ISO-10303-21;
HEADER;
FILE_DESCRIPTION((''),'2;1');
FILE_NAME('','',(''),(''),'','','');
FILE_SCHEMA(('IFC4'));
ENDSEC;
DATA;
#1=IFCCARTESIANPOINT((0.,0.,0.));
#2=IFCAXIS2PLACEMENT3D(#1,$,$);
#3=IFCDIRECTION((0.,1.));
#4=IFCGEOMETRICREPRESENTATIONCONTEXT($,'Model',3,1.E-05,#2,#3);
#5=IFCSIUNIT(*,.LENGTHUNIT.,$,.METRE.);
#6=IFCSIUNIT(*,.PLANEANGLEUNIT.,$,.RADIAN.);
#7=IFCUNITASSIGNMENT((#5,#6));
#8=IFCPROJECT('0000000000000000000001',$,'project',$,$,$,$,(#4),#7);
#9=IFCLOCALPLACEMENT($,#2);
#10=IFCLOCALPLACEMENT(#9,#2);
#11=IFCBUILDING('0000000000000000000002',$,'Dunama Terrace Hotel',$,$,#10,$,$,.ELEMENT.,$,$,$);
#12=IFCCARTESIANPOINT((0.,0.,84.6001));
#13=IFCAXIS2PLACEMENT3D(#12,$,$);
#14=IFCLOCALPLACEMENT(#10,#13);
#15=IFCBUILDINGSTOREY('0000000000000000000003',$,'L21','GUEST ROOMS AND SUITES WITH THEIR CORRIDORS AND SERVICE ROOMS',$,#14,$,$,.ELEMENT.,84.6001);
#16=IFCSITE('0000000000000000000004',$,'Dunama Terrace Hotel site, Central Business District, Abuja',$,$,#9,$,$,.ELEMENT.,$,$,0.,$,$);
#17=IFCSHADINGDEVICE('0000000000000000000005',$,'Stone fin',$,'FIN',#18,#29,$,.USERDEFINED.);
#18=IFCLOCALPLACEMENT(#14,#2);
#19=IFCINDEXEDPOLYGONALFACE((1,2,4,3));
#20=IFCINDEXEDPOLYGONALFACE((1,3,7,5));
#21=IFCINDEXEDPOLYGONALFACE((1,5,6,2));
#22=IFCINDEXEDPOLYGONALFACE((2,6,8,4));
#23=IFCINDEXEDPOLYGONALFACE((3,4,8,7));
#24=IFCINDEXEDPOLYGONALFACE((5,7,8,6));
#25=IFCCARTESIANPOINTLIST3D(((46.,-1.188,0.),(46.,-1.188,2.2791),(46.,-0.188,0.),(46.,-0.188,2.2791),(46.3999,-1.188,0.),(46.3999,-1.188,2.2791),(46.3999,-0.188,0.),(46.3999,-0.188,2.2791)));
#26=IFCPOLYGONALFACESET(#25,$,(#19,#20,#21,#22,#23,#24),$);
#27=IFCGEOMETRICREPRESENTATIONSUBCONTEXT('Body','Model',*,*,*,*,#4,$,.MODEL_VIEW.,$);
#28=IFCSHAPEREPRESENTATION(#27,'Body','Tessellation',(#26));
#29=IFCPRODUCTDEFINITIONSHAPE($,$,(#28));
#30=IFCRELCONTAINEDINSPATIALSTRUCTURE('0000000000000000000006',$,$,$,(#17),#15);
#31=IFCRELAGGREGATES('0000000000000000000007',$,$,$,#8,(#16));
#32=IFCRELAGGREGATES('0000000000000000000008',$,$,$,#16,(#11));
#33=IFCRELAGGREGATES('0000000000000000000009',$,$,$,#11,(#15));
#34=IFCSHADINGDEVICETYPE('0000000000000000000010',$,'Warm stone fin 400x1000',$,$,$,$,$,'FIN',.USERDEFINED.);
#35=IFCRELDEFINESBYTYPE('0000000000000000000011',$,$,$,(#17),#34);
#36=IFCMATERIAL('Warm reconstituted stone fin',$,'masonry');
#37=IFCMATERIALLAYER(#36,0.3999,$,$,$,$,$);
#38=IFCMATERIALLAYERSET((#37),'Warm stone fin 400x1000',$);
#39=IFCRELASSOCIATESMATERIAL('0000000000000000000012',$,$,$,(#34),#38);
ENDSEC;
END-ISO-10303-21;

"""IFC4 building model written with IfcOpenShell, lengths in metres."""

from ifc_helpers import new_model, si_unit, direction, frame, origin, origin_2d, place, context, subcontext, project, spatial, rectangle, extrude, material, layer, layer_set, type_object, element, save


model = new_model("IFC4")

# Units and contexts
model_context = context("Model", 3, precision=1e-05, world=origin(), true_north=direction((0.0, 1.0)))
body_context = subcontext(model_context, "Body", "Model", "MODEL_VIEW")
ifc_project = project(units=[si_unit("LENGTHUNIT", "METRE"), si_unit("PLANEANGLEUNIT", "RADIAN")], contexts=[model_context])

# Site, building, storey
site_placement = place(None, origin())
site = spatial("IfcSite", under=ifc_project, at=site_placement, Name="Dunama Terrace Hotel site, Central Business District, Abuja", CompositionType="ELEMENT", RefElevation=0.0)
building_placement = place(site_placement, origin())
building = spatial("IfcBuilding", under=site, at=building_placement, Name="Dunama Terrace Hotel", CompositionType="ELEMENT")
storey_placement = place(building_placement, frame((0.0, 0.0, 84.6001)))
storey = spatial("IfcBuildingStorey", under=building, at=storey_placement, Name="L21", Description="GUEST ROOMS AND SUITES WITH THEIR CORRIDORS AND SERVICE ROOMS", CompositionType="ELEMENT", Elevation=84.6001)

# Shading device
ifc_material_1 = material(Name="Warm reconstituted stone fin", Category="masonry")
ifc_layer_1 = layer(ifc_material_1, 0.3999)
ifc_layer_set_1 = layer_set([ifc_layer_1], Name="Warm stone fin 400x1000")
shading_device_type = type_object("IfcShadingDeviceType", Name="Warm stone fin 400x1000", ElementType="FIN", PredefinedType="USERDEFINED", material=ifc_layer_set_1)
for number, where, z_axis, x_axis, name in (
    (1, (46.2, -0.688, 0.0), (0.0, 0.0, 1.0), (1.0, 0.0, 0.0), "Stone fin"),
):
    element("IfcShadingDevice", number, at=place(storey_placement, frame(where, z_axis=z_axis, x_axis=x_axis)), inside=storey, type_object=shading_device_type, Name=name, ObjectType="FIN", PredefinedType="USERDEFINED", context=body_context, shape_type="SweptSolid", body=[
        extrude(rectangle(XDim=0.3999, YDim=1.0, at=origin_2d()), origin(), (0.0, 0.0, 1.0), 2.2791),
    ])

save(model, "model.ifc")
